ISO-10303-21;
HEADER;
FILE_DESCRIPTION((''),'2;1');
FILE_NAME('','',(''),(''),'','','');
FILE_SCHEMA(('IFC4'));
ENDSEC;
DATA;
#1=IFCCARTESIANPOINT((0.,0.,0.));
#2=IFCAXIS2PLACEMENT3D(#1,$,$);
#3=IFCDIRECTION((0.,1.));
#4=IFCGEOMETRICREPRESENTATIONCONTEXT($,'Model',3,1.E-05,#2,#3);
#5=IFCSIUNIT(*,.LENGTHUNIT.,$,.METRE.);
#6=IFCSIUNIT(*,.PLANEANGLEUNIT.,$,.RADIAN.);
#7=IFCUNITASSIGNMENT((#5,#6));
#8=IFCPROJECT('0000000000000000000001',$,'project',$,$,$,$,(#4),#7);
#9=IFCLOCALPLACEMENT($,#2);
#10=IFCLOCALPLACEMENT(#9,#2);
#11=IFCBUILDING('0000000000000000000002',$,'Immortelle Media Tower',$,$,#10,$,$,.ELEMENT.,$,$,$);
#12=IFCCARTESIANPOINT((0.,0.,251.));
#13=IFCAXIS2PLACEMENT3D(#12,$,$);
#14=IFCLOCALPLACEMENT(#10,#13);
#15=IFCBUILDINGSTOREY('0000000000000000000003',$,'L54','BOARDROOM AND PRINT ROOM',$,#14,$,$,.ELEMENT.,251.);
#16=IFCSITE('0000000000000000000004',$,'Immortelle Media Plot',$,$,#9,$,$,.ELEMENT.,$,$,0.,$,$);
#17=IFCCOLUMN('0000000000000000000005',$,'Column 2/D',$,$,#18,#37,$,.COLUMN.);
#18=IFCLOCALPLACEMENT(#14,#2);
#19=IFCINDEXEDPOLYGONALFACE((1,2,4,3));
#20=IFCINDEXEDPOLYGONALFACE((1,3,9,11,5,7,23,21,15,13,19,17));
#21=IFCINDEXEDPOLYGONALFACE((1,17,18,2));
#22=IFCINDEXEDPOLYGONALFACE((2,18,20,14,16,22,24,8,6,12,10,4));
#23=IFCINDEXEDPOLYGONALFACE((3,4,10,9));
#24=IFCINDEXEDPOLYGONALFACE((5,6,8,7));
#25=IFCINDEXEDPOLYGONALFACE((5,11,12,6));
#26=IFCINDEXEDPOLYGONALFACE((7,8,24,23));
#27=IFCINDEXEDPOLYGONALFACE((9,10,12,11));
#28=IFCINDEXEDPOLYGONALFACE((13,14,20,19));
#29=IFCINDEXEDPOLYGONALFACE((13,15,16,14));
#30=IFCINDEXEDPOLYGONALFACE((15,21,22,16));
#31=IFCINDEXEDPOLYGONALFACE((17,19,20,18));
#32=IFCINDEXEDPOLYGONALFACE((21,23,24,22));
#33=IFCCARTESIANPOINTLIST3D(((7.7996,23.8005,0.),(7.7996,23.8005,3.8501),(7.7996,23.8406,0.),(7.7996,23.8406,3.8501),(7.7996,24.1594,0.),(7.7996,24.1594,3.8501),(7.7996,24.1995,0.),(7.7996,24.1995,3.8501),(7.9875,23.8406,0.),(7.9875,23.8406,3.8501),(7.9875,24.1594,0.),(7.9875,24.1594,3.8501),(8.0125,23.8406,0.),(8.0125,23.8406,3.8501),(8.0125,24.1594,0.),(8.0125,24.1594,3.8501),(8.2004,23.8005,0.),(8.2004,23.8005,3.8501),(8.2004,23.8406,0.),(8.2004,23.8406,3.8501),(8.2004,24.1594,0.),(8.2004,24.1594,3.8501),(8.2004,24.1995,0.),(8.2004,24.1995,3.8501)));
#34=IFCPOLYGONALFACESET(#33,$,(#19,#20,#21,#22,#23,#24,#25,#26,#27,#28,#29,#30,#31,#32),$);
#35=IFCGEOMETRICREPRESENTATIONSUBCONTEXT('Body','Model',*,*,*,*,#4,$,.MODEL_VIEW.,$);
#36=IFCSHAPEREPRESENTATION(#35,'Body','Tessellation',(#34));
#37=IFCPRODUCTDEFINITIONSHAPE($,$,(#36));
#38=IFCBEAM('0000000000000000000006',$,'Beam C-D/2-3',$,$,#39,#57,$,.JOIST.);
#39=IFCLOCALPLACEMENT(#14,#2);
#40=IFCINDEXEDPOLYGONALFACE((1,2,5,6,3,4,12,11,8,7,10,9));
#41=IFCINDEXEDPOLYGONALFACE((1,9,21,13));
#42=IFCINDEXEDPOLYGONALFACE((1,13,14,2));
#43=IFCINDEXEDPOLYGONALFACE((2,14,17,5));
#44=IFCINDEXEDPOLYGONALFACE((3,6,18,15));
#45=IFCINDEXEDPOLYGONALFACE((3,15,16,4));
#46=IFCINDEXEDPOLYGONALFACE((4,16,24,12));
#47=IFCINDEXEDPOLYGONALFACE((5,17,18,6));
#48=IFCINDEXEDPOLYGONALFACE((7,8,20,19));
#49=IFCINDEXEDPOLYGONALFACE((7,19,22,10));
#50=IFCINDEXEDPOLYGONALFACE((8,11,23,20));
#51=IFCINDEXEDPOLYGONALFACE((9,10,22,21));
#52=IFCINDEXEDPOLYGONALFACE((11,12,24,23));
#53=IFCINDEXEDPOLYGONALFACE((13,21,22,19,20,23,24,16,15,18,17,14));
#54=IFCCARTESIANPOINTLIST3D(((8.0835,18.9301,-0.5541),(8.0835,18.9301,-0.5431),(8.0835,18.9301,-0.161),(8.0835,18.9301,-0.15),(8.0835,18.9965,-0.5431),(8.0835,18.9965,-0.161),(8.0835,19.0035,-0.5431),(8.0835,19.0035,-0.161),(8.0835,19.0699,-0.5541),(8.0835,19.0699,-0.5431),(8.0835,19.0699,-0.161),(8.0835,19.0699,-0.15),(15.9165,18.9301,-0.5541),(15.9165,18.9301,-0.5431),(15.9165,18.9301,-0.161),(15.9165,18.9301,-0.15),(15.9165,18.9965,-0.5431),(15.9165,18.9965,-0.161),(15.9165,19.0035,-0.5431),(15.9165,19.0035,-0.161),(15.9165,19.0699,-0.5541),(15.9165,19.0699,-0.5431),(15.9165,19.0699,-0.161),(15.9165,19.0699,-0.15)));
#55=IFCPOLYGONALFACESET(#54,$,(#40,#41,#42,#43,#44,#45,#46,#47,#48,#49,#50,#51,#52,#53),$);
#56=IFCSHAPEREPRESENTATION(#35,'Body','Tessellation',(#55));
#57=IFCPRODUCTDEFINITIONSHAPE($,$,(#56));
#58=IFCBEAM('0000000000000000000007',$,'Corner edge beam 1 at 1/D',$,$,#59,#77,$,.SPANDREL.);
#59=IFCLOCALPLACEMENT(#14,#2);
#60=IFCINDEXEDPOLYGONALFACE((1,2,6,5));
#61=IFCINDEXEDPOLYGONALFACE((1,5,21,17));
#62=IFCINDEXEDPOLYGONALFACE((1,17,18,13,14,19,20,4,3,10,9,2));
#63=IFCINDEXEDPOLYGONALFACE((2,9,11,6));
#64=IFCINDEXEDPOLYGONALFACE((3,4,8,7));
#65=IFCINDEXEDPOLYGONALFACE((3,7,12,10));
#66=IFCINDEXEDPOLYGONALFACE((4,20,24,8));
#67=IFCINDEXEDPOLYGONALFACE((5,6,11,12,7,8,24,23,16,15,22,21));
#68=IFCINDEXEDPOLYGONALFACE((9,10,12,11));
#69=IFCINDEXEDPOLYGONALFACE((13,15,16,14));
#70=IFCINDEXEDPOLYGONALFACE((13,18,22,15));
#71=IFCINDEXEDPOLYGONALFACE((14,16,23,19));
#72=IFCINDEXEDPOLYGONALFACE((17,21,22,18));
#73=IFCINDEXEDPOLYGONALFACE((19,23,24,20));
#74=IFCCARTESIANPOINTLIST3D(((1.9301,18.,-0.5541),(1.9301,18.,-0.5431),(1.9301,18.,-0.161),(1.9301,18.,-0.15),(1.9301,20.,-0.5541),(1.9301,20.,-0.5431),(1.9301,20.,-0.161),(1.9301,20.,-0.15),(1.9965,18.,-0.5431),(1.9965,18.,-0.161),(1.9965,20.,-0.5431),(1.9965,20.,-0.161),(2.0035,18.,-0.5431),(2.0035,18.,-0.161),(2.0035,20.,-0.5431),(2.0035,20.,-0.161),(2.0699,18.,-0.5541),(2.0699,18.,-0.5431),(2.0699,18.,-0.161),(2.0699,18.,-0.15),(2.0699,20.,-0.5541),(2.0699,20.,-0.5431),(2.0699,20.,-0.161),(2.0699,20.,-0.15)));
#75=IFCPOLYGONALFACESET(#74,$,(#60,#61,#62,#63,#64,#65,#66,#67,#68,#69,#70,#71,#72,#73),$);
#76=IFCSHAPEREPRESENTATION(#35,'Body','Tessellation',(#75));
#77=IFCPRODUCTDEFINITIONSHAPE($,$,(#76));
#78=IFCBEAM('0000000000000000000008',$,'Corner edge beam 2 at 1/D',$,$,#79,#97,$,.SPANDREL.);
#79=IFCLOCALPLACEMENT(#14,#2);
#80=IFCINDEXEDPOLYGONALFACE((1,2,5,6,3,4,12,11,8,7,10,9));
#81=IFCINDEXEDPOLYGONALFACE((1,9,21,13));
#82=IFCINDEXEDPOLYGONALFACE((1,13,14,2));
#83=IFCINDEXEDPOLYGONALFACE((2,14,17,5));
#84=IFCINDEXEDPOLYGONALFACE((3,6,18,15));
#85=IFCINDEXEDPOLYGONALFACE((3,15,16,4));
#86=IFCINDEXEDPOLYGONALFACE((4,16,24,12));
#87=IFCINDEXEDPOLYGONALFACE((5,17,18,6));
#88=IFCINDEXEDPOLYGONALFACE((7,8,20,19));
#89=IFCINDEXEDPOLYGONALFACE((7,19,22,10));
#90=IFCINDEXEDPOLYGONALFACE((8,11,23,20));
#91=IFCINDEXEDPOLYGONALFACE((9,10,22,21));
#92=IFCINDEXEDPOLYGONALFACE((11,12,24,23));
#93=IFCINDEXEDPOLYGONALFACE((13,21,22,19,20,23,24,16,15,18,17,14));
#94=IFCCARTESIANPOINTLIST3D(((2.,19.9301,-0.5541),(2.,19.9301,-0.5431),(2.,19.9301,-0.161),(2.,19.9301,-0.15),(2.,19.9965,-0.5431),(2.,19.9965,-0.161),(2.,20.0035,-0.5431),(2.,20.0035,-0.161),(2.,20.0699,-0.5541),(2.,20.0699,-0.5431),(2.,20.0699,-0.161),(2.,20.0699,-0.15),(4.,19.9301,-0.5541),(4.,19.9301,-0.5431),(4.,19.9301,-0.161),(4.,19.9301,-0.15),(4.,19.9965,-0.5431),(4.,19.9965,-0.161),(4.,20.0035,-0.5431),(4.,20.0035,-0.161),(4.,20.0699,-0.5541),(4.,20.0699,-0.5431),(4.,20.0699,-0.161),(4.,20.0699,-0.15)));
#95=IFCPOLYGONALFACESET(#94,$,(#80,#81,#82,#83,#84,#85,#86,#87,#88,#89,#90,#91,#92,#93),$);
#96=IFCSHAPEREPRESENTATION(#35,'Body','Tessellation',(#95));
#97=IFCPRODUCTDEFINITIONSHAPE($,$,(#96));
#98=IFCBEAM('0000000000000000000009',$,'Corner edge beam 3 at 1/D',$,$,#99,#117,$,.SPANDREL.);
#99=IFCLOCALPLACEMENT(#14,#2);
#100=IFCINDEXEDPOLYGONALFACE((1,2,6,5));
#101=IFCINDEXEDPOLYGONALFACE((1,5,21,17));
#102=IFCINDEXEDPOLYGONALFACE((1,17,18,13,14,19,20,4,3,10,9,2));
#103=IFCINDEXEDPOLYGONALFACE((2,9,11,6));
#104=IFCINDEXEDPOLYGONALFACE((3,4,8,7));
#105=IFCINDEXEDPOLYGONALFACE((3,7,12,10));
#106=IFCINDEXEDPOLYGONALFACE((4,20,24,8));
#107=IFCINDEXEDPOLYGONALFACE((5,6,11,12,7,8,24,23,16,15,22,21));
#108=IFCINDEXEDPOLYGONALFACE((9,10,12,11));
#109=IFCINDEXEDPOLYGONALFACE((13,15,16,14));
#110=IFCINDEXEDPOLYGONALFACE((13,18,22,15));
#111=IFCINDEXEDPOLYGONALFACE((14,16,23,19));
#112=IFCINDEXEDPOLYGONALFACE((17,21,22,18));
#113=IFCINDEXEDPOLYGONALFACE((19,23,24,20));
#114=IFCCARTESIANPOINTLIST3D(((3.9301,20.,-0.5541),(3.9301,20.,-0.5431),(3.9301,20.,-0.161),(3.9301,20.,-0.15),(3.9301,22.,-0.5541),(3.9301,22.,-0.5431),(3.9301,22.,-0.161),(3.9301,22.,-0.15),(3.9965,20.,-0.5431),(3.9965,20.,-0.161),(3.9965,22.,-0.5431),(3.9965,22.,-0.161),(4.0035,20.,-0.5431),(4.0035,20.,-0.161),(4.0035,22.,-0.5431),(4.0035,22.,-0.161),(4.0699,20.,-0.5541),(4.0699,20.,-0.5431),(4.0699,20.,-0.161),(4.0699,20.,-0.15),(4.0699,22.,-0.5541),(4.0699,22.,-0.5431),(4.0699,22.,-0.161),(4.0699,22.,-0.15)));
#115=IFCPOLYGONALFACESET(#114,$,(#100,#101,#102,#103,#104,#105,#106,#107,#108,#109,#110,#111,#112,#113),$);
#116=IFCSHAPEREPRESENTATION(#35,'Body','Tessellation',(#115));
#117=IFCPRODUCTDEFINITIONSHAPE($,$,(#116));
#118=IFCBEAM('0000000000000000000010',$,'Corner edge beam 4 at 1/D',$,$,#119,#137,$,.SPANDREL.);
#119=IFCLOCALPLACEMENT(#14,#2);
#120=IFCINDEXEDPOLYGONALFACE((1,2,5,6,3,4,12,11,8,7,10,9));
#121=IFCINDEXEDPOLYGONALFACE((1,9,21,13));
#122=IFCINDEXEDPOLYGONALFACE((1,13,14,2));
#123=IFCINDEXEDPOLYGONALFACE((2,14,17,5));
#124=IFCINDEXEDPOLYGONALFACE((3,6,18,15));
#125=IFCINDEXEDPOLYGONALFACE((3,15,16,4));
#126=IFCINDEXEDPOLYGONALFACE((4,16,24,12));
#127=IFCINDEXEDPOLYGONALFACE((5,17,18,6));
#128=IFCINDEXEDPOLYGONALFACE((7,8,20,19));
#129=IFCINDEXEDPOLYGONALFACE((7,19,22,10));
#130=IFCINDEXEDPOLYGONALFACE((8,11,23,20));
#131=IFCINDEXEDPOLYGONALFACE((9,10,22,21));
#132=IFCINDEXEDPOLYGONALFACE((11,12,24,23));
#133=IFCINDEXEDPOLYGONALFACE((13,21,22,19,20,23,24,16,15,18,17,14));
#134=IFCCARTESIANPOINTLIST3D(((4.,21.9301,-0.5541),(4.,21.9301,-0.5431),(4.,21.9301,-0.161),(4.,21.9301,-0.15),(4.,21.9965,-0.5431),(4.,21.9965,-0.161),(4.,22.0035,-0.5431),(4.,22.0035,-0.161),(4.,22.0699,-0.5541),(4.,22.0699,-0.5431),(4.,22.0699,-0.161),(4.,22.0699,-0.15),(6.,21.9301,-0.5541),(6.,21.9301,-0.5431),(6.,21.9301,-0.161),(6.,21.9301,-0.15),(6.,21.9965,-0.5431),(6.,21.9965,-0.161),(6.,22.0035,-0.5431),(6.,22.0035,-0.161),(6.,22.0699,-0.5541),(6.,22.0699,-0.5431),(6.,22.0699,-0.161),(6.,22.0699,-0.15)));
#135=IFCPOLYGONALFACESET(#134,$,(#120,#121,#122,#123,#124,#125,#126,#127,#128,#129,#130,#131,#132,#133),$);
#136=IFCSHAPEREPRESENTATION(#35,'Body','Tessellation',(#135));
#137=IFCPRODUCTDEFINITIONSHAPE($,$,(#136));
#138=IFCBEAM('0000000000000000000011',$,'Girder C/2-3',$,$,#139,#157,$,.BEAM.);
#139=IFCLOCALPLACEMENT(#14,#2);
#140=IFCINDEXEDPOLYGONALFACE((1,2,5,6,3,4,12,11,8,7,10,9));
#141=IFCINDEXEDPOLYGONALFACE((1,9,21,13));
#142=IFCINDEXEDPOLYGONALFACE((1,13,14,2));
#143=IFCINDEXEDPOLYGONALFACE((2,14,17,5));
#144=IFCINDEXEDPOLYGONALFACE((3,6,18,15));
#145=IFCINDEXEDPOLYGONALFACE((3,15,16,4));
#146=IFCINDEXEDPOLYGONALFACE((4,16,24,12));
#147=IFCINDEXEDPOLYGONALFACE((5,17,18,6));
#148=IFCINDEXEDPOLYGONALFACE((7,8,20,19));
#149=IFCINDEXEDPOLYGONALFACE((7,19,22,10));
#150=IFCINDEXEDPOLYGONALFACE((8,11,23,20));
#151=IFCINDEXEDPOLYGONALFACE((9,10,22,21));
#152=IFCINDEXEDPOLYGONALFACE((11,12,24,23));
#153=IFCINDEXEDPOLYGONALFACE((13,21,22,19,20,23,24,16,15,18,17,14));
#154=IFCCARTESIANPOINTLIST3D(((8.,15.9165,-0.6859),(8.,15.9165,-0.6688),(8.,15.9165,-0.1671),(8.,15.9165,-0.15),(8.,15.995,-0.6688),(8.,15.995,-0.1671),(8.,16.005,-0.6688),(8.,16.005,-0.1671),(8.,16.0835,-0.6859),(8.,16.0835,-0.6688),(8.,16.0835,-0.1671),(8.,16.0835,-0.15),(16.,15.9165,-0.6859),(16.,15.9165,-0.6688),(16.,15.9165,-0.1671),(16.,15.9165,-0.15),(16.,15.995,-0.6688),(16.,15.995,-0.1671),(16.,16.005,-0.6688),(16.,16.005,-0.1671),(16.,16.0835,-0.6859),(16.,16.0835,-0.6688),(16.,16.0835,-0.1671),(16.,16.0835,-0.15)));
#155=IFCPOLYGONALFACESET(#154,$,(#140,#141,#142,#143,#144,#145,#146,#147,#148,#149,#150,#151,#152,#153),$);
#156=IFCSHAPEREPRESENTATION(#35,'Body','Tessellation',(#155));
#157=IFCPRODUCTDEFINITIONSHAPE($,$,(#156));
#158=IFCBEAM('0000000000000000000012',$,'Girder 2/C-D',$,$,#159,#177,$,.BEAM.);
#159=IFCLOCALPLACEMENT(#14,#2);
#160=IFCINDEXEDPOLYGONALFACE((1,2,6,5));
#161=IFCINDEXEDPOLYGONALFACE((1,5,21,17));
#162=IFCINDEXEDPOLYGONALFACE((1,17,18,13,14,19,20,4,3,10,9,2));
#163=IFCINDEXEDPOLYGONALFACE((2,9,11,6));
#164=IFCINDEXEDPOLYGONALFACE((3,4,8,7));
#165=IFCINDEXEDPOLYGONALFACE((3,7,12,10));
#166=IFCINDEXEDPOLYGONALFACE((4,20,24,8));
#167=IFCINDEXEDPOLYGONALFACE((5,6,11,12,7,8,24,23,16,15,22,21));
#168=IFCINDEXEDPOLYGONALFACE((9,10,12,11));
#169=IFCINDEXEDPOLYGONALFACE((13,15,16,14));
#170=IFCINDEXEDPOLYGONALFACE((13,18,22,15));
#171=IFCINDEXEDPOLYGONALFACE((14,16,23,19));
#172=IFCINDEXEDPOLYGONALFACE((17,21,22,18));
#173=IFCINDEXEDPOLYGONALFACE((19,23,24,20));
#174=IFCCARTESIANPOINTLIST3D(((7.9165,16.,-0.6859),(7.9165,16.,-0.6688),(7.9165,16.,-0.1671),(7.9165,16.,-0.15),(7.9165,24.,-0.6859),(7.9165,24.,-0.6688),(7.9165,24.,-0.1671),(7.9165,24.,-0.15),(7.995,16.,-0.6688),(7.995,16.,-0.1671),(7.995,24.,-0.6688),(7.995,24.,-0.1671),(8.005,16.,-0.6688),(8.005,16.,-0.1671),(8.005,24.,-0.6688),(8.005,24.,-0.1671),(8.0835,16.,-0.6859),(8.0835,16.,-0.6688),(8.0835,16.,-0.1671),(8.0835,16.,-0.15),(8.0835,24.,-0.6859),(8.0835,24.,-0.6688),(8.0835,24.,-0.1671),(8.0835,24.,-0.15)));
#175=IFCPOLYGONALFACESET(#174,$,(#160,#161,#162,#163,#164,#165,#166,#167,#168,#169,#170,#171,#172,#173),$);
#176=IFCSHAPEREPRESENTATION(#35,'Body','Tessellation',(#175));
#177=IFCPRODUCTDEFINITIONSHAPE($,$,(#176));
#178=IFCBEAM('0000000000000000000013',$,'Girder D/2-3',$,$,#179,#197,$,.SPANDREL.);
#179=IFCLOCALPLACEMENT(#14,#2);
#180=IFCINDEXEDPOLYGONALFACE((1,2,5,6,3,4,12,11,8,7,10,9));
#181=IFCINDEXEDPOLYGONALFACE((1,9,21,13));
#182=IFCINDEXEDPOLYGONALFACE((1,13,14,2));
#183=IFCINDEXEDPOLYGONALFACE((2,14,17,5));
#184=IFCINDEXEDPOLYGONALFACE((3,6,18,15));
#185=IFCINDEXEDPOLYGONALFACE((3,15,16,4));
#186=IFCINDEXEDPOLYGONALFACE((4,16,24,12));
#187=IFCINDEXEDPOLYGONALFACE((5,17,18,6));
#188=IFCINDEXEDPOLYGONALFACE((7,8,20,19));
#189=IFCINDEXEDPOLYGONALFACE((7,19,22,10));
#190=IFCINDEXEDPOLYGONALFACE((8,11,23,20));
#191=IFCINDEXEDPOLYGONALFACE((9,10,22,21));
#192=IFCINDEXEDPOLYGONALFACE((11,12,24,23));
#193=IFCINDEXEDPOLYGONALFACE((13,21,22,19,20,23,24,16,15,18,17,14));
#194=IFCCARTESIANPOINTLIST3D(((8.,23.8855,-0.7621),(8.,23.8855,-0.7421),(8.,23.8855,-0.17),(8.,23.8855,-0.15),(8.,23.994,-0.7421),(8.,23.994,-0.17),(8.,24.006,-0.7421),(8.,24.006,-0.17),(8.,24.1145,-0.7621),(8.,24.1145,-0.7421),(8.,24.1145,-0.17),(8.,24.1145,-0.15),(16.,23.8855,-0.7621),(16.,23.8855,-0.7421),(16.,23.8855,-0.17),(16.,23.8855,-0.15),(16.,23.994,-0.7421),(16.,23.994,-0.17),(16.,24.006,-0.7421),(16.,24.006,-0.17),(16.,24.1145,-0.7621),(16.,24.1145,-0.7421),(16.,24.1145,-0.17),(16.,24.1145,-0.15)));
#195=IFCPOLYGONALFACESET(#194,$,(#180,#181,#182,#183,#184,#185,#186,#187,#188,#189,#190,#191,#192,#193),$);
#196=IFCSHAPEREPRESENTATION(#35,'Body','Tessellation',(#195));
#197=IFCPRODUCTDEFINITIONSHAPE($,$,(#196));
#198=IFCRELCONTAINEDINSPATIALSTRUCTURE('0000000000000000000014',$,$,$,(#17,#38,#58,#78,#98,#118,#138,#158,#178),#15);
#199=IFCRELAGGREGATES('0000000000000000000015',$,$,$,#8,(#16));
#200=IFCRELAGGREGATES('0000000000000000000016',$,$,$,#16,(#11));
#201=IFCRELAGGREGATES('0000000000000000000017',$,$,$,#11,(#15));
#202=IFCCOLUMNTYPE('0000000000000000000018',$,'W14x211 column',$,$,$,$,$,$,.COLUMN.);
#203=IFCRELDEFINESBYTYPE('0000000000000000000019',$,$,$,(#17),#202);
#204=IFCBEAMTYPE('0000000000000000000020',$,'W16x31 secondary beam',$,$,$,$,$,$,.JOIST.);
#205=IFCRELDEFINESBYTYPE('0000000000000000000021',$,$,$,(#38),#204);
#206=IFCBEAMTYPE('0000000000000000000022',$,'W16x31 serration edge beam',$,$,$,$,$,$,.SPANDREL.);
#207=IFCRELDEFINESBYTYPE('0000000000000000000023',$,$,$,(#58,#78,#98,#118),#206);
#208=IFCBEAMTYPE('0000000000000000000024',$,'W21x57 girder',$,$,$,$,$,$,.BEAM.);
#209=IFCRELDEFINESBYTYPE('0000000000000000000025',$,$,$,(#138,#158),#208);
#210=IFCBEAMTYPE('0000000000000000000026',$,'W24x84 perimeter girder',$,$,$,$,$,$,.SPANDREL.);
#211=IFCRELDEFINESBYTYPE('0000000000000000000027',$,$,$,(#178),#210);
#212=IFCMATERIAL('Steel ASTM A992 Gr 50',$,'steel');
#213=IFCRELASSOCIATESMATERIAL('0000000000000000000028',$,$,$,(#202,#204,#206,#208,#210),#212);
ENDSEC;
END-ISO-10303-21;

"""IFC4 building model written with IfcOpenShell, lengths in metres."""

from ifc_helpers import new_model, si_unit, direction, frame, origin, origin_2d, place, context, subcontext, project, spatial, i_section, extrude, material, material_profile, profile_set, type_object, element, save


model = new_model("IFC4")

# Units and contexts
model_context = context("Model", 3, precision=1e-05, world=origin(), true_north=direction((0.0, 1.0)))
body_context = subcontext(model_context, "Body", "Model", "MODEL_VIEW")
ifc_project = project(units=[si_unit("LENGTHUNIT", "METRE"), si_unit("PLANEANGLEUNIT", "RADIAN")], contexts=[model_context])

# Site, building, storey
site_placement = place(None, origin())
site = spatial("IfcSite", under=ifc_project, at=site_placement, Name="Immortelle Media Plot", CompositionType="ELEMENT", RefElevation=0.0)
building_placement = place(site_placement, origin())
building = spatial("IfcBuilding", under=site, at=building_placement, Name="Immortelle Media Tower", CompositionType="ELEMENT")
storey_placement = place(building_placement, frame((0.0, 0.0, 251.0)))
storey = spatial("IfcBuildingStorey", under=building, at=storey_placement, Name="L54", Description="BOARDROOM AND PRINT ROOM", CompositionType="ELEMENT", Elevation=251.0)

# Column
ifc_material_1 = material(Name="Steel ASTM A992 Gr 50", Category="steel")
ifc_material_profile_1 = material_profile(ifc_material_1, i_section(OverallWidth=0.4009, OverallDepth=0.3989, WebThickness=0.0249, FlangeThickness=0.04, at=origin_2d()), Name="W14x211")
ifc_profile_set_1 = profile_set([ifc_material_profile_1], Name="Steel ASTM A992 Gr 50")
column_type = type_object("IfcColumnType", Name="W14x211 column", PredefinedType="COLUMN", material=ifc_profile_set_1)
column_placement = place(storey_placement, frame((8.0, 24.0, 0.0), z_axis=(0.0, 0.0, 1.0), x_axis=(1.0, 0.0, 0.0)))
element("IfcColumn", 1, at=column_placement, inside=storey, type_object=column_type, Name="Column 2/D", PredefinedType="COLUMN", context=body_context, shape_type="SweptSolid", body=[
    extrude(i_section(OverallWidth=0.4009, OverallDepth=0.3989, WebThickness=0.0249, FlangeThickness=0.04, at=origin_2d()), origin(), (0.0, 0.0, 1.0), 3.8501),
])

# Beams
ifc_material_profile_2 = material_profile(ifc_material_1, i_section(OverallWidth=0.1399, OverallDepth=0.4041, WebThickness=0.0071, FlangeThickness=0.011, at=origin_2d()), Name="W16x31")
ifc_profile_set_2 = profile_set([ifc_material_profile_2], Name="Steel ASTM A992 Gr 50")
beam_type_1 = type_object("IfcBeamType", Name="W16x31 secondary beam", PredefinedType="JOIST", material=ifc_profile_set_2)
beam_1_placement = place(storey_placement, frame((8.0835, 19.0, -0.3521), z_axis=(1.0, 0.0, 0.0), x_axis=(0.0, 1.0, 0.0)))
element("IfcBeam", 2, at=beam_1_placement, inside=storey, type_object=beam_type_1, Name="Beam C-D/2-3", PredefinedType="JOIST", context=body_context, shape_type="SweptSolid", body=[
    extrude(i_section(OverallWidth=0.1399, OverallDepth=0.4041, WebThickness=0.0071, FlangeThickness=0.011, at=origin_2d()), origin(), (0.0, 0.0, 1.0), 7.833),
])
ifc_material_profile_3 = material_profile(ifc_material_1, i_section(OverallWidth=0.1399, OverallDepth=0.4041, WebThickness=0.0071, FlangeThickness=0.011, at=origin_2d()), Name="W16x31")
ifc_profile_set_3 = profile_set([ifc_material_profile_3], Name="Steel ASTM A992 Gr 50")
beam_type_2 = type_object("IfcBeamType", Name="W16x31 serration edge beam", PredefinedType="SPANDREL", material=ifc_profile_set_3)
for number, where, z_axis, x_axis, name in (
    (3, (2.0, 18.0, -0.3521), (0.0, 1.0, 0.0), (-1.0, 0.0, 0.0), "Corner edge beam 1 at 1/D"),
    (4, (2.0, 20.0, -0.3521), (1.0, 0.0, 0.0), (0.0, 1.0, 0.0), "Corner edge beam 2 at 1/D"),
    (5, (4.0, 20.0, -0.3521), (0.0, 1.0, 0.0), (-1.0, 0.0, 0.0), "Corner edge beam 3 at 1/D"),
    (6, (4.0, 22.0, -0.3521), (1.0, 0.0, 0.0), (0.0, 1.0, 0.0), "Corner edge beam 4 at 1/D"),
):
    element("IfcBeam", number, at=place(storey_placement, frame(where, z_axis=z_axis, x_axis=x_axis)), inside=storey, type_object=beam_type_2, Name=name, PredefinedType="SPANDREL", context=body_context, shape_type="SweptSolid", body=[
        extrude(i_section(OverallWidth=0.1399, OverallDepth=0.4041, WebThickness=0.0071, FlangeThickness=0.011, at=origin_2d()), origin(), (0.0, 0.0, 1.0), 2.0),
    ])
ifc_material_profile_4 = material_profile(ifc_material_1, i_section(OverallWidth=0.167, OverallDepth=0.5359, WebThickness=0.01, FlangeThickness=0.0171, at=origin_2d()), Name="W21x57")
ifc_profile_set_4 = profile_set([ifc_material_profile_4], Name="Steel ASTM A992 Gr 50")
beam_type_3 = type_object("IfcBeamType", Name="W21x57 girder", PredefinedType="BEAM", material=ifc_profile_set_4)
for number, where, z_axis, x_axis, name in (
    (7, (8.0, 16.0, -0.418), (1.0, 0.0, 0.0), (0.0, 1.0, 0.0), "Girder C/2-3"),
    (8, (8.0, 16.0, -0.418), (0.0, 1.0, 0.0), (-1.0, 0.0, 0.0), "Girder 2/C-D"),
):
    element("IfcBeam", number, at=place(storey_placement, frame(where, z_axis=z_axis, x_axis=x_axis)), inside=storey, type_object=beam_type_3, Name=name, PredefinedType="BEAM", context=body_context, shape_type="SweptSolid", body=[
        extrude(i_section(OverallWidth=0.167, OverallDepth=0.5359, WebThickness=0.01, FlangeThickness=0.0171, at=origin_2d()), origin(), (0.0, 0.0, 1.0), 8.0),
    ])
ifc_material_profile_5 = material_profile(ifc_material_1, i_section(OverallWidth=0.229, OverallDepth=0.6121, WebThickness=0.012, FlangeThickness=0.02, at=origin_2d()), Name="W24x84")
ifc_profile_set_5 = profile_set([ifc_material_profile_5], Name="Steel ASTM A992 Gr 50")
beam_type_4 = type_object("IfcBeamType", Name="W24x84 perimeter girder", PredefinedType="SPANDREL", material=ifc_profile_set_5)
beam_2_placement = place(storey_placement, frame((8.0, 24.0, -0.4561), z_axis=(1.0, 0.0, 0.0), x_axis=(0.0, 1.0, 0.0)))
element("IfcBeam", 9, at=beam_2_placement, inside=storey, type_object=beam_type_4, Name="Girder D/2-3", PredefinedType="SPANDREL", context=body_context, shape_type="SweptSolid", body=[
    extrude(i_section(OverallWidth=0.229, OverallDepth=0.6121, WebThickness=0.012, FlangeThickness=0.02, at=origin_2d()), origin(), (0.0, 0.0, 1.0), 8.0),
])

save(model, "model.ifc")
